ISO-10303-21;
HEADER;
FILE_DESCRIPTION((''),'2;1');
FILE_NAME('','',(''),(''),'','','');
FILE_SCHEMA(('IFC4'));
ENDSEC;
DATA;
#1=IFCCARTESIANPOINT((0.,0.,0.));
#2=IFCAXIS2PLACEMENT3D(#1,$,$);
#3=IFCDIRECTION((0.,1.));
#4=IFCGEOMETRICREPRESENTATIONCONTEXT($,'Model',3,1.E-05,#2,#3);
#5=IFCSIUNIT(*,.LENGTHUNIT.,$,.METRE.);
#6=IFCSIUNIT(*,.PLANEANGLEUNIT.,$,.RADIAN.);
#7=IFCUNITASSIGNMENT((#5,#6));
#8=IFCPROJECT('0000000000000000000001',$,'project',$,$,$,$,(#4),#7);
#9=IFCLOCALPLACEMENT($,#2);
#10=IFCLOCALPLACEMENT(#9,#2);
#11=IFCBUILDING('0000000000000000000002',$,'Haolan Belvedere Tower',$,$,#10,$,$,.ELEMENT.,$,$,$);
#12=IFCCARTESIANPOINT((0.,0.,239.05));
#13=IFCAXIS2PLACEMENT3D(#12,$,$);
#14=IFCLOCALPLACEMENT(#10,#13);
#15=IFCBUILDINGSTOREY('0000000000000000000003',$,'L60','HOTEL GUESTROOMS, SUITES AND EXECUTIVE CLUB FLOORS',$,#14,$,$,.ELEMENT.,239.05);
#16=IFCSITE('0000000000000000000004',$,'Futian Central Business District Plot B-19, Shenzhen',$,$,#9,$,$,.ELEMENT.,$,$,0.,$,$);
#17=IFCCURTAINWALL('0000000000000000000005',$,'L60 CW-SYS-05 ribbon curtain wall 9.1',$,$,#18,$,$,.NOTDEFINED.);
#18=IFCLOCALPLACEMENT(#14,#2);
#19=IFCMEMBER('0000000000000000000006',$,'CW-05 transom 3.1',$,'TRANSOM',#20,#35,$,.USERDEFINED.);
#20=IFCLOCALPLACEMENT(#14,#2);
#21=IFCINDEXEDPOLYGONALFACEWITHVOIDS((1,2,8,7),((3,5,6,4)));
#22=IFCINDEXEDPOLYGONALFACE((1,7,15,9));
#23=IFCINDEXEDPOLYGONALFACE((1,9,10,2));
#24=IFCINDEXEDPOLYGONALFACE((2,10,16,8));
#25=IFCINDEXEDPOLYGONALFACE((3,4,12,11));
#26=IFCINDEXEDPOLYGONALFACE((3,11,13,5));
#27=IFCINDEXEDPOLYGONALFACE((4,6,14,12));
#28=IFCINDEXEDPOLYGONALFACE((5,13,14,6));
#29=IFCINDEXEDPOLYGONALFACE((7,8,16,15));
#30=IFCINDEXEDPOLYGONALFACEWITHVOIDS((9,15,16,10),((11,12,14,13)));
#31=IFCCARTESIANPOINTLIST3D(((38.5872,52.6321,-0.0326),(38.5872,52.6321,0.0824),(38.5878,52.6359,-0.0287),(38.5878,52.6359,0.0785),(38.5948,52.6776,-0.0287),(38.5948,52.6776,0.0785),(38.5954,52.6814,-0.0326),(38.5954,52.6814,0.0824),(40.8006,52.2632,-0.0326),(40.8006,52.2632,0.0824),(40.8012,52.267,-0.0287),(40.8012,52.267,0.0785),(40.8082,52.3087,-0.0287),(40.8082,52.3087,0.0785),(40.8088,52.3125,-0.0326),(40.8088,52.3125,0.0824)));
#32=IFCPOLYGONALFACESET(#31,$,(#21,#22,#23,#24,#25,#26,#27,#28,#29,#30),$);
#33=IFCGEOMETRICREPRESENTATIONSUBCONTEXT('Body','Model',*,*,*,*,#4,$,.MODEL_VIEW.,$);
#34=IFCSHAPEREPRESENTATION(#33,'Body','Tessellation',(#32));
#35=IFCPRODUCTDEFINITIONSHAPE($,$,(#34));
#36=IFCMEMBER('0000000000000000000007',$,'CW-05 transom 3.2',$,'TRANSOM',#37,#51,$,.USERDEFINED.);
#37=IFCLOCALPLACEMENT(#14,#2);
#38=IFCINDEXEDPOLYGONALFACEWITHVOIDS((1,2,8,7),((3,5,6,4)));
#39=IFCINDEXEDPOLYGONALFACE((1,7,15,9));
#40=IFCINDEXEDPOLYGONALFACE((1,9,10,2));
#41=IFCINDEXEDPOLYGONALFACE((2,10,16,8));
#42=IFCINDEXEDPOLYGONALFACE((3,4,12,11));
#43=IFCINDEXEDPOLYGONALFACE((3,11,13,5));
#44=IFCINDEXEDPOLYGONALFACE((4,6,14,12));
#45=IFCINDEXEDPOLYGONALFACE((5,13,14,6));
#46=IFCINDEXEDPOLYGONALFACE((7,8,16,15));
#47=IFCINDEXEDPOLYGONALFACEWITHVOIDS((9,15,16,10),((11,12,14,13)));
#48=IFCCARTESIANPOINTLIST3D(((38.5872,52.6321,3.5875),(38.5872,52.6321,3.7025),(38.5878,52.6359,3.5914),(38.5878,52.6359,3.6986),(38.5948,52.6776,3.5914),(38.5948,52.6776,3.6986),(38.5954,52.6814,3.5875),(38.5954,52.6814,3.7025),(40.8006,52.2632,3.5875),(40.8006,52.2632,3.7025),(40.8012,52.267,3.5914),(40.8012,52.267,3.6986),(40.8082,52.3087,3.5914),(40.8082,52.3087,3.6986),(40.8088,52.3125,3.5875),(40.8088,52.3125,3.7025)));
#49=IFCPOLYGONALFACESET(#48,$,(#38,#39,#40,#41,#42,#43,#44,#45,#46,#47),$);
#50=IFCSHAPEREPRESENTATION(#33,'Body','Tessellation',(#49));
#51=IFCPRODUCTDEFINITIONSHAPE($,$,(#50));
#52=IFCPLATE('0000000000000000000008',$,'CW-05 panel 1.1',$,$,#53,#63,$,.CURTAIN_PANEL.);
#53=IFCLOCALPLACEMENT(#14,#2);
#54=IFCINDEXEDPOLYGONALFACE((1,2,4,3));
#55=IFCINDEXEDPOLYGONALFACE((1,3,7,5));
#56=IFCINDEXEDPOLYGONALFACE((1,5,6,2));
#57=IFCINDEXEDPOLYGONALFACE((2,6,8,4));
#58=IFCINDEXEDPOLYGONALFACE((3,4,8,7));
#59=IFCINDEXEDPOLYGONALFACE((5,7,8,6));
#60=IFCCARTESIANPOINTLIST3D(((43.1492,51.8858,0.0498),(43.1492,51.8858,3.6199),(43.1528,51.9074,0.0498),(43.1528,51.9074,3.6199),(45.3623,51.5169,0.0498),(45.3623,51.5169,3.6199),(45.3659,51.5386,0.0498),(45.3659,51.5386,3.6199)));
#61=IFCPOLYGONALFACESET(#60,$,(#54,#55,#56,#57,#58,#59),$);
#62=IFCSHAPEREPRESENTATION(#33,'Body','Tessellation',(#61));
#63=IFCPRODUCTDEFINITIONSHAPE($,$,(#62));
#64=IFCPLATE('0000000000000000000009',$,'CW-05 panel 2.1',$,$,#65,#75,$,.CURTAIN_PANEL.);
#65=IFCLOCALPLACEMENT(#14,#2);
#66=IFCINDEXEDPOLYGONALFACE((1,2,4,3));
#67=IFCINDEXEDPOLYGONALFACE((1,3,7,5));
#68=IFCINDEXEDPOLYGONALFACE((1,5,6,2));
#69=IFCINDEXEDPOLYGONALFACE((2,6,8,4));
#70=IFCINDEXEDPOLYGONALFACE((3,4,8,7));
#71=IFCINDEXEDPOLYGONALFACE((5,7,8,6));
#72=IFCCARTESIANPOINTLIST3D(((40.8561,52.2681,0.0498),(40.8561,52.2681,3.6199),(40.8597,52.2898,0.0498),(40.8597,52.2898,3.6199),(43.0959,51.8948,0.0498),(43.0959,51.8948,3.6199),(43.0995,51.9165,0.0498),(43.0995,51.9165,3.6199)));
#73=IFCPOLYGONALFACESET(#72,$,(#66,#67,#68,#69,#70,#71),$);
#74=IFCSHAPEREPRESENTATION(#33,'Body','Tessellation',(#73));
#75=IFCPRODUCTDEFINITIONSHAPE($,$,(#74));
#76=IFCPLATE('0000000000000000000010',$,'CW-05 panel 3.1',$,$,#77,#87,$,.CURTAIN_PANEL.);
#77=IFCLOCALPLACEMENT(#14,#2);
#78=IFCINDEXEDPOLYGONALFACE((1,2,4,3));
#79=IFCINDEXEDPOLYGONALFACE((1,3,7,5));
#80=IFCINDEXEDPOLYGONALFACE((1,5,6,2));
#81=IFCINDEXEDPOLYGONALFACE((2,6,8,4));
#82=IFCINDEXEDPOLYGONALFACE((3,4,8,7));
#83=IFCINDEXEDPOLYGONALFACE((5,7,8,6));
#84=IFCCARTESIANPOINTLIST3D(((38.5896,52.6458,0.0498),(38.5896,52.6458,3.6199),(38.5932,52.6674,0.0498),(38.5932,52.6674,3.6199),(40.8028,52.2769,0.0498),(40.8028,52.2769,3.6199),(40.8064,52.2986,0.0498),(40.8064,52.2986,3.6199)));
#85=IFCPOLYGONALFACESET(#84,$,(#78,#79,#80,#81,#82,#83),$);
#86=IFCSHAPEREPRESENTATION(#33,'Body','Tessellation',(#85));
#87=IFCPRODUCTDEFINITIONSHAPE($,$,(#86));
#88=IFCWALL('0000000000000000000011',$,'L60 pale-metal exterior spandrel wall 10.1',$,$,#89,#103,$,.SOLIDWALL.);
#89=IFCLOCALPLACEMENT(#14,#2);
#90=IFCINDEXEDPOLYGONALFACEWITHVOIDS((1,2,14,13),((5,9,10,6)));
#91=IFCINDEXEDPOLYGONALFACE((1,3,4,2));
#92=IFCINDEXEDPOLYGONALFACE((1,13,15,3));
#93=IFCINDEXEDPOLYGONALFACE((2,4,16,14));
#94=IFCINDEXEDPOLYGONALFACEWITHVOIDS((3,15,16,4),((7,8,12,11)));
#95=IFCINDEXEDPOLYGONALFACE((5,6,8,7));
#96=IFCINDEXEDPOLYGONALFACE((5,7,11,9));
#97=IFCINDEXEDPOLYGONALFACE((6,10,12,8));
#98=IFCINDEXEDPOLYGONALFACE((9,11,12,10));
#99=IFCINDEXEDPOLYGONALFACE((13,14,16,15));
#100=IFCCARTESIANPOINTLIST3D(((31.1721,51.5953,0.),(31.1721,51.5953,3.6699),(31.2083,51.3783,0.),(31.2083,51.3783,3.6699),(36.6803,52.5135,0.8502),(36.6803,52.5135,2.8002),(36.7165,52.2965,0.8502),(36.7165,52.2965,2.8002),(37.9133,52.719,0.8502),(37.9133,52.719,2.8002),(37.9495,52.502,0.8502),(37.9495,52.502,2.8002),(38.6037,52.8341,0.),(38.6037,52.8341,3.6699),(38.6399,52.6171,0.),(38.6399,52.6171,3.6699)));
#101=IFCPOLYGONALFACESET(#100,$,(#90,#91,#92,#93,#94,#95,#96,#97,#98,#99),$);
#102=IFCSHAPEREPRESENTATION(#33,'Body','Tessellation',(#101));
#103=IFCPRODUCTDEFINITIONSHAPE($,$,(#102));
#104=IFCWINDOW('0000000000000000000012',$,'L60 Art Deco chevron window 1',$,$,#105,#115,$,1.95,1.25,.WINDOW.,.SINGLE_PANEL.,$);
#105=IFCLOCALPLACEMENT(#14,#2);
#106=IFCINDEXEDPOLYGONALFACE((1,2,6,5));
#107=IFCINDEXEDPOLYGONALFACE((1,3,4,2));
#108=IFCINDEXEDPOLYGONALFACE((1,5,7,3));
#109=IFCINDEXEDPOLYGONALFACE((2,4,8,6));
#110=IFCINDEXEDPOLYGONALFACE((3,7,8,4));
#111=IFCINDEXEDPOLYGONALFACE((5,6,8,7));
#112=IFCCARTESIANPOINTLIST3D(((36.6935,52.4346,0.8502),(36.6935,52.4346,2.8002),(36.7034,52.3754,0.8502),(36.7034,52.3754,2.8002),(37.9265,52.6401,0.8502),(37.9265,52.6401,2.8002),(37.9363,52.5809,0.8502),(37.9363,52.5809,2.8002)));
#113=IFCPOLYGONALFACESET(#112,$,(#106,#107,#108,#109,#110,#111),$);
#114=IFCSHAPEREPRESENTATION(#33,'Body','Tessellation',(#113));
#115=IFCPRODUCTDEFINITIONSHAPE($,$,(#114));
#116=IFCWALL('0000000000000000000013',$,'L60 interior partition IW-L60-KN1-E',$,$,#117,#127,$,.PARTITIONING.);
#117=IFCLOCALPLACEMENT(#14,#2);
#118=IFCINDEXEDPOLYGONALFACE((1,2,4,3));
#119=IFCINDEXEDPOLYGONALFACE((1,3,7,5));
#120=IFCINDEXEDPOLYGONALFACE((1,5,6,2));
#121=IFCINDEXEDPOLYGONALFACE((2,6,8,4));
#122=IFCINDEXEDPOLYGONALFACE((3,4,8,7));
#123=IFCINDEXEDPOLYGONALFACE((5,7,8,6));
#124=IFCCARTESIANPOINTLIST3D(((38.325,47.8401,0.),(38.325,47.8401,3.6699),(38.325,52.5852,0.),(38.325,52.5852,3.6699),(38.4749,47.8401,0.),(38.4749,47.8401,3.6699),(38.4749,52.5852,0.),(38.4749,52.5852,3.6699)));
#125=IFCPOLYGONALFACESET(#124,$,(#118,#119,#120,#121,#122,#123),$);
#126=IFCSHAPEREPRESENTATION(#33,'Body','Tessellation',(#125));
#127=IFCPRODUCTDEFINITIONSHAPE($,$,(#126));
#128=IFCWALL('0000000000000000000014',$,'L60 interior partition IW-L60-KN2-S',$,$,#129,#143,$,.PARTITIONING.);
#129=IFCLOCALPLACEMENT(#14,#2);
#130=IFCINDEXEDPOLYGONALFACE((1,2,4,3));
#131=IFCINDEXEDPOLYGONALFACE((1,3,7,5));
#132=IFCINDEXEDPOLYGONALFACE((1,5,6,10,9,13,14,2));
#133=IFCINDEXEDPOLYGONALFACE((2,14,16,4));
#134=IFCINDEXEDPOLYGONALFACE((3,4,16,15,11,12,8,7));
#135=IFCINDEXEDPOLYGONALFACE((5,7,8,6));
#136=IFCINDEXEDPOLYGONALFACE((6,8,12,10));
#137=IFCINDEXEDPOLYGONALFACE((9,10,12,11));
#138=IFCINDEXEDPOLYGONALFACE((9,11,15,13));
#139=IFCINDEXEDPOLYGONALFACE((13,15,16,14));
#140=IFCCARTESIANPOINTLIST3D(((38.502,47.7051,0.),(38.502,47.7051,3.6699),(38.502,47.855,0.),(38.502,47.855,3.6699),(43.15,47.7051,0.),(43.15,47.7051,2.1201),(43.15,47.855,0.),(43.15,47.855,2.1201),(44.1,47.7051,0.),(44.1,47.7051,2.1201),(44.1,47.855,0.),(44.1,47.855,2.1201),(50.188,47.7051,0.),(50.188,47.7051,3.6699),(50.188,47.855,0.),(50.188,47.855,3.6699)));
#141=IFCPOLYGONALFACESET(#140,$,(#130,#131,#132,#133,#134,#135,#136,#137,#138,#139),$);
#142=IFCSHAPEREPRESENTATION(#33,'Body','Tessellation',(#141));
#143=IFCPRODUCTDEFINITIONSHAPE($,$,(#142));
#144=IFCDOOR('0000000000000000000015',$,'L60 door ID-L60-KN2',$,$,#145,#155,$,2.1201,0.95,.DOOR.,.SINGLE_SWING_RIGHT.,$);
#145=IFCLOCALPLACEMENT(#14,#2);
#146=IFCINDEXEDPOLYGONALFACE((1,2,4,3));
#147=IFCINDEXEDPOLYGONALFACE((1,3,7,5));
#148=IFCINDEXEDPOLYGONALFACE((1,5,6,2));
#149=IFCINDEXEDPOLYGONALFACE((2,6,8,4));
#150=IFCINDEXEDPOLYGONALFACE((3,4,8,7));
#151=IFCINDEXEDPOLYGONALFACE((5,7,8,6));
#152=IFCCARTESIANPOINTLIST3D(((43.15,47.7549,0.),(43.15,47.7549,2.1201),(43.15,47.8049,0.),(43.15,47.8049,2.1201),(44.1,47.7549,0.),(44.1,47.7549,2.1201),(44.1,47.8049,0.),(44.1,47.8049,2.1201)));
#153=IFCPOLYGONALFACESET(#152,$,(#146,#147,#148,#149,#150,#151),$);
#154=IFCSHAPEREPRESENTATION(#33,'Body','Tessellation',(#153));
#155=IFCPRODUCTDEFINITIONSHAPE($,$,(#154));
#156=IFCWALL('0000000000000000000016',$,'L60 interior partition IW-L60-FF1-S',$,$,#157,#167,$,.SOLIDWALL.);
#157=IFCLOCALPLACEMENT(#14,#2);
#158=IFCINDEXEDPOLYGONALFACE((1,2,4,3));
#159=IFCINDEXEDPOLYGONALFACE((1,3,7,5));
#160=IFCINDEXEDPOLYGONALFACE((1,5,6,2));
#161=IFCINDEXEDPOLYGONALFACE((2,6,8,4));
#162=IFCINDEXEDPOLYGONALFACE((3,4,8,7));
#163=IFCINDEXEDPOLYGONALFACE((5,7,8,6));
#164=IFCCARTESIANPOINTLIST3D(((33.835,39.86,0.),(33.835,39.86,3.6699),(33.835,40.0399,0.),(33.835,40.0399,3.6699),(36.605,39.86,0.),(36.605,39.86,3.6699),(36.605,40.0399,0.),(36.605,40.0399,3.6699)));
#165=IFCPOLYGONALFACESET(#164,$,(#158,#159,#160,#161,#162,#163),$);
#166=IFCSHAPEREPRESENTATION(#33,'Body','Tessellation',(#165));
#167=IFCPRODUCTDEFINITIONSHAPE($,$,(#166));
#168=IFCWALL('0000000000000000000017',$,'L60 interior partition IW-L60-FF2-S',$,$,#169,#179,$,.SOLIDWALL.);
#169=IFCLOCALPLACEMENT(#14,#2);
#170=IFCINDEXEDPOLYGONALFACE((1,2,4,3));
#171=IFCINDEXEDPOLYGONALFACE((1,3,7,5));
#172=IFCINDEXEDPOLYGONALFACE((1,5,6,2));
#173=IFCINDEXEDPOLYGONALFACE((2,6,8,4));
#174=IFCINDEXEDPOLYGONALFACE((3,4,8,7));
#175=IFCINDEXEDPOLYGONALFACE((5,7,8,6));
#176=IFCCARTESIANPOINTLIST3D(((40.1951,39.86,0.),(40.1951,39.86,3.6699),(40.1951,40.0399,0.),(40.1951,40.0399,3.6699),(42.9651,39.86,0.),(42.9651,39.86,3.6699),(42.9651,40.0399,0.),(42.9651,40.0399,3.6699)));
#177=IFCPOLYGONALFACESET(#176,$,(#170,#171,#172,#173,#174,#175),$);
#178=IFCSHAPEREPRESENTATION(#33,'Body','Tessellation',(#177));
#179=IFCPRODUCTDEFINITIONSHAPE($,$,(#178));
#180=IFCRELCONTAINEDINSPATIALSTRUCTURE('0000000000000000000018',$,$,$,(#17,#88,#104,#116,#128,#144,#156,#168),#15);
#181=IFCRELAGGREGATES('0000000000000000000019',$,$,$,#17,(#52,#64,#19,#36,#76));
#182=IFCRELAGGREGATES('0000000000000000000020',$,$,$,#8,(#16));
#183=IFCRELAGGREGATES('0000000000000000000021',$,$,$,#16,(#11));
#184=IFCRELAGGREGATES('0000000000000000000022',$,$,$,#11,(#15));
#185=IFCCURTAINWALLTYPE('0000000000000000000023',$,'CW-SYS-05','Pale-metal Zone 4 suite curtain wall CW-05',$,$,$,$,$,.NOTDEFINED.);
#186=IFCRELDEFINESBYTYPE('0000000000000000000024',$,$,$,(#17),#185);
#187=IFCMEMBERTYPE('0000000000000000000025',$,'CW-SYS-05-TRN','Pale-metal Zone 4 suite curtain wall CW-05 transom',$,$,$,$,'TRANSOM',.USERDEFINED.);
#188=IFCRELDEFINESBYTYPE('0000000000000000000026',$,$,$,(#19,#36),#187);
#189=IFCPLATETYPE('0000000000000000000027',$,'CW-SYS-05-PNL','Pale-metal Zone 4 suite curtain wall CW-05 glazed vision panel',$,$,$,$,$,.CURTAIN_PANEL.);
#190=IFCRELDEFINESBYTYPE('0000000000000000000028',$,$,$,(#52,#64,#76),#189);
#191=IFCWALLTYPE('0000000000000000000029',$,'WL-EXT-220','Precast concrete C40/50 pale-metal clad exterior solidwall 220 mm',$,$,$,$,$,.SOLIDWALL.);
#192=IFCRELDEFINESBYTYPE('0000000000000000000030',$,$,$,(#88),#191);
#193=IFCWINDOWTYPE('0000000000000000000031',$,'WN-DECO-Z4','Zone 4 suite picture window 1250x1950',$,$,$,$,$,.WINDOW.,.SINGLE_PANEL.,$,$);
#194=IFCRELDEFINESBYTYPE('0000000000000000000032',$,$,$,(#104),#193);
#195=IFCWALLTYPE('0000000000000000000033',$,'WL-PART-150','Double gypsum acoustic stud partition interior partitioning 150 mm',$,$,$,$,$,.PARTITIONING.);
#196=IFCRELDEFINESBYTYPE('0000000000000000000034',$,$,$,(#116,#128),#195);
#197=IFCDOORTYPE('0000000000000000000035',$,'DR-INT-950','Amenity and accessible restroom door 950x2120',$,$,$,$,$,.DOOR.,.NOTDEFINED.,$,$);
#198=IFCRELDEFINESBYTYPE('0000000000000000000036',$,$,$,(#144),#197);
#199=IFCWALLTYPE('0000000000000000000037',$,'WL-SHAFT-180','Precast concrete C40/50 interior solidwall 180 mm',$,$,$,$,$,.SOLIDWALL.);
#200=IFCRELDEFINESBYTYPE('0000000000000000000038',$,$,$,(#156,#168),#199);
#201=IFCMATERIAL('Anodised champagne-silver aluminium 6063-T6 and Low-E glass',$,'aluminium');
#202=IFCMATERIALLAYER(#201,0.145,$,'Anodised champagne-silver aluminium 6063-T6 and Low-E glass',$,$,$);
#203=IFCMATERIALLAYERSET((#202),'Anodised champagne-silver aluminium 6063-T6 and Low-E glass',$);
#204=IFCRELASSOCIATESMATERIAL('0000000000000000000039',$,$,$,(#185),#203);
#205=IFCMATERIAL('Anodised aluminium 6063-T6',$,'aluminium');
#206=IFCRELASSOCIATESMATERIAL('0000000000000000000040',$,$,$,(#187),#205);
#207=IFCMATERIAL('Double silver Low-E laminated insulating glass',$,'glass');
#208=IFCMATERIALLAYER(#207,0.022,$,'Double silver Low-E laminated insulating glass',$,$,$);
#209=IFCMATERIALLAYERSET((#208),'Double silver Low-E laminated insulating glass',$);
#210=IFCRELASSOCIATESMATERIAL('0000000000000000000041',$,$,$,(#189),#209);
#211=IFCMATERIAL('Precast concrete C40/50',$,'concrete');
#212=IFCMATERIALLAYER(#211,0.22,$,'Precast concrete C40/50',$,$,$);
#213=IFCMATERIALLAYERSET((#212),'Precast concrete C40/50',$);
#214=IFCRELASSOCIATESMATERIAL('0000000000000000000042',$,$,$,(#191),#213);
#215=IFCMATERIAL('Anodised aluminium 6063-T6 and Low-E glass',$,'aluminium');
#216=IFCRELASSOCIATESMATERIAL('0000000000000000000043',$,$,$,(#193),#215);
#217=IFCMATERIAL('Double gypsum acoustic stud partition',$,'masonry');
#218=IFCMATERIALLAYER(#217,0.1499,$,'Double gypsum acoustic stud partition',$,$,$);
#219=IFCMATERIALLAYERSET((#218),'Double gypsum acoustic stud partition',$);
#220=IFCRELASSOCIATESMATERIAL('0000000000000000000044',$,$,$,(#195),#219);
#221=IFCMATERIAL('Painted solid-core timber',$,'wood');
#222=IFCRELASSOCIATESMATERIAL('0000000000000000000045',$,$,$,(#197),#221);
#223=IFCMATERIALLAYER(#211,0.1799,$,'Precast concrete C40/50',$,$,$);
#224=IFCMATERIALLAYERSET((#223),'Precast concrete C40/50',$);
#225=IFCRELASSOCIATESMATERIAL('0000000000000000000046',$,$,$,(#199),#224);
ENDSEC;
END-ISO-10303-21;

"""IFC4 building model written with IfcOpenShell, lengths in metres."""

from ifc_helpers import new_model, si_unit, direction, frame, frame_2d, origin, origin_2d, place, context, subcontext, project, spatial, rectangle, hollow_rectangle, extrude, material, layer, layer_set, material_profile, profile_set, type_object, element, fill, aggregate, save


model = new_model("IFC4")

# Units and contexts
model_context = context("Model", 3, precision=1e-05, world=origin(), true_north=direction((0.0, 1.0)))
body_context = subcontext(model_context, "Body", "Model", "MODEL_VIEW")
ifc_project = project(units=[si_unit("LENGTHUNIT", "METRE"), si_unit("PLANEANGLEUNIT", "RADIAN")], contexts=[model_context])

# Site, building, storey
site_placement = place(None, origin())
site = spatial("IfcSite", under=ifc_project, at=site_placement, Name="Futian Central Business District Plot B-19, Shenzhen", CompositionType="ELEMENT", RefElevation=0.0)
building_placement = place(site_placement, origin())
building = spatial("IfcBuilding", under=site, at=building_placement, Name="Haolan Belvedere Tower", CompositionType="ELEMENT")
storey_placement = place(building_placement, frame((0.0, 0.0, 239.05)))
storey = spatial("IfcBuildingStorey", under=building, at=storey_placement, Name="L60", Description="HOTEL GUESTROOMS, SUITES AND EXECUTIVE CLUB FLOORS", CompositionType="ELEMENT", Elevation=239.05)

# Curtain wall, members, plates
ifc_material_1 = material(Name="Anodised champagne-silver aluminium 6063-T6 and Low-E glass", Category="aluminium")
ifc_layer_1 = layer(ifc_material_1, 0.145, Name="Anodised champagne-silver aluminium 6063-T6 and Low-E glass")
ifc_layer_set_1 = layer_set([ifc_layer_1], Name="Anodised champagne-silver aluminium 6063-T6 and Low-E glass")
curtain_wall_type = type_object("IfcCurtainWallType", Name="CW-SYS-05", Description="Pale-metal Zone 4 suite curtain wall CW-05", PredefinedType="NOTDEFINED", material=ifc_layer_set_1)
curtain_wall_placement = place(storey_placement, origin())
curtain_wall = element("IfcCurtainWall", 1, at=curtain_wall_placement, inside=storey, type_object=curtain_wall_type, Name="L60 CW-SYS-05 ribbon curtain wall 9.1", PredefinedType="NOTDEFINED")
ifc_material_2 = material(Name="Anodised aluminium 6063-T6", Category="aluminium")
ifc_material_profile_1 = material_profile(ifc_material_2, hollow_rectangle(XDim=0.05, YDim=0.115, WallThickness=0.0039, at=origin_2d()), Name="Anodised aluminium 6063-T6")
ifc_profile_set_1 = profile_set([ifc_material_profile_1], Name="Anodised aluminium 6063-T6")
member_type_1 = type_object("IfcMemberType", Name="CW-SYS-05-TRN", Description="Pale-metal Zone 4 suite curtain wall CW-05 transom", ElementType="TRANSOM", PredefinedType="USERDEFINED", material=ifc_profile_set_1)
member_1_placement = place(storey_placement, frame((40.8047, 52.2878, 0.0249), z_axis=(-0.986394, 0.164399, 0.0), x_axis=(-0.164399, -0.986394, 0.0)))
member_1 = element("IfcMember", 2, at=member_1_placement, type_object=member_type_1, Name="CW-05 transom 3.1", ObjectType="TRANSOM", PredefinedType="USERDEFINED", context=body_context, shape_type="SweptSolid", body=[
    extrude(hollow_rectangle(XDim=0.05, YDim=0.115, WallThickness=0.0039, at=origin_2d()), origin(), (0.0, 0.0, 1.0), 2.2439),
])
member_2_placement = place(storey_placement, frame((40.8047, 52.2878, 3.645), z_axis=(-0.986394, 0.164399, 0.0), x_axis=(-0.164399, -0.986394, 0.0)))
member_2 = element("IfcMember", 3, at=member_2_placement, type_object=member_type_1, Name="CW-05 transom 3.2", ObjectType="TRANSOM", PredefinedType="USERDEFINED", context=body_context, shape_type="SweptSolid", body=[
    extrude(hollow_rectangle(XDim=0.05, YDim=0.115, WallThickness=0.0039, at=origin_2d()), origin(), (0.0, 0.0, 1.0), 2.2439),
])
ifc_material_3 = material(Name="Double silver Low-E laminated insulating glass", Category="glass")
ifc_layer_2 = layer(ifc_material_3, 0.022, Name="Double silver Low-E laminated insulating glass")
ifc_layer_set_2 = layer_set([ifc_layer_2], Name="Double silver Low-E laminated insulating glass")
plate_type = type_object("IfcPlateType", Name="CW-SYS-05-PNL", Description="Pale-metal Zone 4 suite curtain wall CW-05 glazed vision panel", PredefinedType="CURTAIN_PANEL", material=ifc_layer_set_2)
plate_1_placement = place(storey_placement, frame((44.2576, 51.7122, 0.0498), z_axis=(0.0, 0.0, 1.0), x_axis=(-0.986393, 0.164406, 0.0)))
plate_1 = element("IfcPlate", 4, at=plate_1_placement, type_object=plate_type, Name="CW-05 panel 1.1", PredefinedType="CURTAIN_PANEL", context=body_context, shape_type="SweptSolid", body=[
    extrude(rectangle(XDim=2.2437, YDim=0.022, at=origin_2d()), origin(), (0.0, 0.0, 1.0), 3.5701),
])
plate_2_placement = place(storey_placement, frame((41.9778, 52.0923, 0.0498), z_axis=(0.0, 0.0, 1.0), x_axis=(-0.986393, 0.164406, 0.0)))
plate_2 = element("IfcPlate", 5, at=plate_2_placement, type_object=plate_type, Name="CW-05 panel 2.1", PredefinedType="CURTAIN_PANEL", context=body_context, shape_type="SweptSolid", body=[
    extrude(rectangle(XDim=2.2708, YDim=0.022, at=origin_2d()), origin(), (0.0, 0.0, 1.0), 3.5701),
])
plate_3_placement = place(storey_placement, frame((39.698, 52.4722, 0.0498), z_axis=(0.0, 0.0, 1.0), x_axis=(-0.986393, 0.164406, 0.0)))
plate_3 = element("IfcPlate", 6, at=plate_3_placement, type_object=plate_type, Name="CW-05 panel 3.1", PredefinedType="CURTAIN_PANEL", context=body_context, shape_type="SweptSolid", body=[
    extrude(rectangle(XDim=2.2437, YDim=0.022, at=origin_2d()), origin(), (0.0, 0.0, 1.0), 3.5701),
])
aggregate(curtain_wall, [plate_1, plate_2, member_1, member_2, plate_3])

# Wall, opening, window
ifc_material_4 = material(Name="Precast concrete C40/50", Category="concrete")
ifc_layer_3 = layer(ifc_material_4, 0.22, Name="Precast concrete C40/50")
ifc_layer_set_3 = layer_set([ifc_layer_3], Name="Precast concrete C40/50")
wall_type_1 = type_object("IfcWallType", Name="WL-EXT-220", Description="Precast concrete C40/50 pale-metal clad exterior solidwall 220 mm", PredefinedType="SOLIDWALL", material=ifc_layer_set_3)
wall_1_placement = place(storey_placement, frame((38.6218, 52.7256, 0.0), z_axis=(0.0, 0.0, 1.0), x_axis=(-0.98639, -0.16442, 0.0)))
wall_1 = element("IfcWall", 7, at=wall_1_placement, inside=storey, type_object=wall_type_1, Name="L60 pale-metal exterior spandrel wall 10.1", PredefinedType="SOLIDWALL", context=body_context, shape_type="SweptSolid", body=[
    extrude(rectangle(XDim=7.5342, YDim=0.22, at=frame_2d((3.7671, 0.0))), origin(), (0.0, 0.0, 1.0), 3.6699),
])
opening_1_placement = place(wall_1_placement, frame((0.7, 0.0, 0.8501)))
opening_1 = element("IfcOpeningElement", 8, at=opening_1_placement, cuts=wall_1, PredefinedType="OPENING", context=body_context, shape_type="SweptSolid", body=[
    extrude(rectangle(XDim=1.25, YDim=1.95, at=frame_2d((0.625, 0.9751))), frame((0.0, 0.1199, 0.0), z_axis=(0.0, -1.0, 0.0), x_axis=(1.0, 0.0, 0.0)), (0.0, 0.0, 1.0), 0.24),
])
ifc_material_5 = material(Name="Anodised aluminium 6063-T6 and Low-E glass", Category="aluminium")
window_type = type_object("IfcWindowType", Name="WN-DECO-Z4", Description="Zone 4 suite picture window 1250x1950", PartitioningType="SINGLE_PANEL", PredefinedType="WINDOW", material=ifc_material_5)
window_placement = place(opening_1_placement, origin())
window = element("IfcWindow", 9, at=window_placement, inside=storey, type_object=window_type, Name="L60 Art Deco chevron window 1", OverallHeight=1.95, OverallWidth=1.25, PartitioningType="SINGLE_PANEL", PredefinedType="WINDOW", context=body_context, shape_type="SweptSolid", body=[
    extrude(rectangle(XDim=1.25, YDim=1.95, at=frame_2d((0.625, 0.9751))), frame((0.0, 0.03, 0.0), z_axis=(0.0, -1.0, 0.0), x_axis=(1.0, 0.0, 0.0)), (0.0, 0.0, 1.0), 0.0601),
])
fill(opening_1, window)

# Wall
ifc_material_6 = material(Name="Double gypsum acoustic stud partition", Category="masonry")
ifc_layer_4 = layer(ifc_material_6, 0.1499, Name="Double gypsum acoustic stud partition")
ifc_layer_set_4 = layer_set([ifc_layer_4], Name="Double gypsum acoustic stud partition")
wall_type_2 = type_object("IfcWallType", Name="WL-PART-150", Description="Double gypsum acoustic stud partition interior partitioning 150 mm", PredefinedType="PARTITIONING", material=ifc_layer_set_4)
wall_2_placement = place(storey_placement, frame((38.3999, 47.8401, 0.0), z_axis=(0.0, 0.0, 1.0), x_axis=(0.0, 1.0, 0.0)))
element("IfcWall", 10, at=wall_2_placement, inside=storey, type_object=wall_type_2, Name="L60 interior partition IW-L60-KN1-E", PredefinedType="PARTITIONING", context=body_context, shape_type="SweptSolid", body=[
    extrude(rectangle(XDim=4.7451, YDim=0.1499, at=frame_2d((2.3726, 0.0))), origin(), (0.0, 0.0, 1.0), 3.6699),
])

# Wall, opening, door
wall_3_placement = place(storey_placement, frame((38.502, 47.78, 0.0), z_axis=(0.0, 0.0, 1.0), x_axis=(1.0, 0.0, 0.0)))
wall_3 = element("IfcWall", 11, at=wall_3_placement, inside=storey, type_object=wall_type_2, Name="L60 interior partition IW-L60-KN2-S", PredefinedType="PARTITIONING", context=body_context, shape_type="SweptSolid", body=[
    extrude(rectangle(XDim=11.686, YDim=0.1499, at=frame_2d((5.843, 0.0))), origin(), (0.0, 0.0, 1.0), 3.6699),
])
opening_2_placement = place(wall_3_placement, frame((4.6479, 0.0, 0.0)))
opening_2 = element("IfcOpeningElement", 12, at=opening_2_placement, cuts=wall_3, PredefinedType="OPENING", context=body_context, shape_type="SweptSolid", body=[
    extrude(rectangle(XDim=0.95, YDim=2.1201, at=frame_2d((0.4751, 1.0601))), frame((0.0, 0.085, 0.0), z_axis=(0.0, -1.0, 0.0), x_axis=(1.0, 0.0, 0.0)), (0.0, 0.0, 1.0), 0.1699),
])
ifc_material_7 = material(Name="Painted solid-core timber", Category="wood")
door_type = type_object("IfcDoorType", Name="DR-INT-950", Description="Amenity and accessible restroom door 950x2120", OperationType="NOTDEFINED", PredefinedType="DOOR", material=ifc_material_7)
door_placement = place(opening_2_placement, origin())
door = element("IfcDoor", 13, at=door_placement, inside=storey, type_object=door_type, Name="L60 door ID-L60-KN2", OperationType="SINGLE_SWING_RIGHT", OverallHeight=2.1201, OverallWidth=0.95, PredefinedType="DOOR", context=body_context, shape_type="SweptSolid", body=[
    extrude(rectangle(XDim=0.95, YDim=2.1201, at=frame_2d((0.4751, 1.0601))), frame((0.0, 0.0249, 0.0), z_axis=(0.0, -1.0, 0.0), x_axis=(1.0, 0.0, 0.0)), (0.0, 0.0, 1.0), 0.05),
])
fill(opening_2, door)

# Walls
ifc_layer_5 = layer(ifc_material_4, 0.1799, Name="Precast concrete C40/50")
ifc_layer_set_5 = layer_set([ifc_layer_5], Name="Precast concrete C40/50")
wall_type_3 = type_object("IfcWallType", Name="WL-SHAFT-180", Description="Precast concrete C40/50 interior solidwall 180 mm", PredefinedType="SOLIDWALL", material=ifc_layer_set_5)
for number, where, z_axis, x_axis, name in (
    (14, (33.835, 39.95, 0.0), (0.0, 0.0, 1.0), (1.0, 0.0, 0.0), "L60 interior partition IW-L60-FF1-S"),
    (15, (40.1951, 39.95, 0.0), (0.0, 0.0, 1.0), (1.0, 0.0, 0.0), "L60 interior partition IW-L60-FF2-S"),
):
    element("IfcWall", number, at=place(storey_placement, frame(where, z_axis=z_axis, x_axis=x_axis)), inside=storey, type_object=wall_type_3, Name=name, PredefinedType="SOLIDWALL", context=body_context, shape_type="SweptSolid", body=[
        extrude(rectangle(XDim=2.77, YDim=0.1799, at=frame_2d((1.385, 0.0))), origin(), (0.0, 0.0, 1.0), 3.6699),
    ])

save(model, "model.ifc")
